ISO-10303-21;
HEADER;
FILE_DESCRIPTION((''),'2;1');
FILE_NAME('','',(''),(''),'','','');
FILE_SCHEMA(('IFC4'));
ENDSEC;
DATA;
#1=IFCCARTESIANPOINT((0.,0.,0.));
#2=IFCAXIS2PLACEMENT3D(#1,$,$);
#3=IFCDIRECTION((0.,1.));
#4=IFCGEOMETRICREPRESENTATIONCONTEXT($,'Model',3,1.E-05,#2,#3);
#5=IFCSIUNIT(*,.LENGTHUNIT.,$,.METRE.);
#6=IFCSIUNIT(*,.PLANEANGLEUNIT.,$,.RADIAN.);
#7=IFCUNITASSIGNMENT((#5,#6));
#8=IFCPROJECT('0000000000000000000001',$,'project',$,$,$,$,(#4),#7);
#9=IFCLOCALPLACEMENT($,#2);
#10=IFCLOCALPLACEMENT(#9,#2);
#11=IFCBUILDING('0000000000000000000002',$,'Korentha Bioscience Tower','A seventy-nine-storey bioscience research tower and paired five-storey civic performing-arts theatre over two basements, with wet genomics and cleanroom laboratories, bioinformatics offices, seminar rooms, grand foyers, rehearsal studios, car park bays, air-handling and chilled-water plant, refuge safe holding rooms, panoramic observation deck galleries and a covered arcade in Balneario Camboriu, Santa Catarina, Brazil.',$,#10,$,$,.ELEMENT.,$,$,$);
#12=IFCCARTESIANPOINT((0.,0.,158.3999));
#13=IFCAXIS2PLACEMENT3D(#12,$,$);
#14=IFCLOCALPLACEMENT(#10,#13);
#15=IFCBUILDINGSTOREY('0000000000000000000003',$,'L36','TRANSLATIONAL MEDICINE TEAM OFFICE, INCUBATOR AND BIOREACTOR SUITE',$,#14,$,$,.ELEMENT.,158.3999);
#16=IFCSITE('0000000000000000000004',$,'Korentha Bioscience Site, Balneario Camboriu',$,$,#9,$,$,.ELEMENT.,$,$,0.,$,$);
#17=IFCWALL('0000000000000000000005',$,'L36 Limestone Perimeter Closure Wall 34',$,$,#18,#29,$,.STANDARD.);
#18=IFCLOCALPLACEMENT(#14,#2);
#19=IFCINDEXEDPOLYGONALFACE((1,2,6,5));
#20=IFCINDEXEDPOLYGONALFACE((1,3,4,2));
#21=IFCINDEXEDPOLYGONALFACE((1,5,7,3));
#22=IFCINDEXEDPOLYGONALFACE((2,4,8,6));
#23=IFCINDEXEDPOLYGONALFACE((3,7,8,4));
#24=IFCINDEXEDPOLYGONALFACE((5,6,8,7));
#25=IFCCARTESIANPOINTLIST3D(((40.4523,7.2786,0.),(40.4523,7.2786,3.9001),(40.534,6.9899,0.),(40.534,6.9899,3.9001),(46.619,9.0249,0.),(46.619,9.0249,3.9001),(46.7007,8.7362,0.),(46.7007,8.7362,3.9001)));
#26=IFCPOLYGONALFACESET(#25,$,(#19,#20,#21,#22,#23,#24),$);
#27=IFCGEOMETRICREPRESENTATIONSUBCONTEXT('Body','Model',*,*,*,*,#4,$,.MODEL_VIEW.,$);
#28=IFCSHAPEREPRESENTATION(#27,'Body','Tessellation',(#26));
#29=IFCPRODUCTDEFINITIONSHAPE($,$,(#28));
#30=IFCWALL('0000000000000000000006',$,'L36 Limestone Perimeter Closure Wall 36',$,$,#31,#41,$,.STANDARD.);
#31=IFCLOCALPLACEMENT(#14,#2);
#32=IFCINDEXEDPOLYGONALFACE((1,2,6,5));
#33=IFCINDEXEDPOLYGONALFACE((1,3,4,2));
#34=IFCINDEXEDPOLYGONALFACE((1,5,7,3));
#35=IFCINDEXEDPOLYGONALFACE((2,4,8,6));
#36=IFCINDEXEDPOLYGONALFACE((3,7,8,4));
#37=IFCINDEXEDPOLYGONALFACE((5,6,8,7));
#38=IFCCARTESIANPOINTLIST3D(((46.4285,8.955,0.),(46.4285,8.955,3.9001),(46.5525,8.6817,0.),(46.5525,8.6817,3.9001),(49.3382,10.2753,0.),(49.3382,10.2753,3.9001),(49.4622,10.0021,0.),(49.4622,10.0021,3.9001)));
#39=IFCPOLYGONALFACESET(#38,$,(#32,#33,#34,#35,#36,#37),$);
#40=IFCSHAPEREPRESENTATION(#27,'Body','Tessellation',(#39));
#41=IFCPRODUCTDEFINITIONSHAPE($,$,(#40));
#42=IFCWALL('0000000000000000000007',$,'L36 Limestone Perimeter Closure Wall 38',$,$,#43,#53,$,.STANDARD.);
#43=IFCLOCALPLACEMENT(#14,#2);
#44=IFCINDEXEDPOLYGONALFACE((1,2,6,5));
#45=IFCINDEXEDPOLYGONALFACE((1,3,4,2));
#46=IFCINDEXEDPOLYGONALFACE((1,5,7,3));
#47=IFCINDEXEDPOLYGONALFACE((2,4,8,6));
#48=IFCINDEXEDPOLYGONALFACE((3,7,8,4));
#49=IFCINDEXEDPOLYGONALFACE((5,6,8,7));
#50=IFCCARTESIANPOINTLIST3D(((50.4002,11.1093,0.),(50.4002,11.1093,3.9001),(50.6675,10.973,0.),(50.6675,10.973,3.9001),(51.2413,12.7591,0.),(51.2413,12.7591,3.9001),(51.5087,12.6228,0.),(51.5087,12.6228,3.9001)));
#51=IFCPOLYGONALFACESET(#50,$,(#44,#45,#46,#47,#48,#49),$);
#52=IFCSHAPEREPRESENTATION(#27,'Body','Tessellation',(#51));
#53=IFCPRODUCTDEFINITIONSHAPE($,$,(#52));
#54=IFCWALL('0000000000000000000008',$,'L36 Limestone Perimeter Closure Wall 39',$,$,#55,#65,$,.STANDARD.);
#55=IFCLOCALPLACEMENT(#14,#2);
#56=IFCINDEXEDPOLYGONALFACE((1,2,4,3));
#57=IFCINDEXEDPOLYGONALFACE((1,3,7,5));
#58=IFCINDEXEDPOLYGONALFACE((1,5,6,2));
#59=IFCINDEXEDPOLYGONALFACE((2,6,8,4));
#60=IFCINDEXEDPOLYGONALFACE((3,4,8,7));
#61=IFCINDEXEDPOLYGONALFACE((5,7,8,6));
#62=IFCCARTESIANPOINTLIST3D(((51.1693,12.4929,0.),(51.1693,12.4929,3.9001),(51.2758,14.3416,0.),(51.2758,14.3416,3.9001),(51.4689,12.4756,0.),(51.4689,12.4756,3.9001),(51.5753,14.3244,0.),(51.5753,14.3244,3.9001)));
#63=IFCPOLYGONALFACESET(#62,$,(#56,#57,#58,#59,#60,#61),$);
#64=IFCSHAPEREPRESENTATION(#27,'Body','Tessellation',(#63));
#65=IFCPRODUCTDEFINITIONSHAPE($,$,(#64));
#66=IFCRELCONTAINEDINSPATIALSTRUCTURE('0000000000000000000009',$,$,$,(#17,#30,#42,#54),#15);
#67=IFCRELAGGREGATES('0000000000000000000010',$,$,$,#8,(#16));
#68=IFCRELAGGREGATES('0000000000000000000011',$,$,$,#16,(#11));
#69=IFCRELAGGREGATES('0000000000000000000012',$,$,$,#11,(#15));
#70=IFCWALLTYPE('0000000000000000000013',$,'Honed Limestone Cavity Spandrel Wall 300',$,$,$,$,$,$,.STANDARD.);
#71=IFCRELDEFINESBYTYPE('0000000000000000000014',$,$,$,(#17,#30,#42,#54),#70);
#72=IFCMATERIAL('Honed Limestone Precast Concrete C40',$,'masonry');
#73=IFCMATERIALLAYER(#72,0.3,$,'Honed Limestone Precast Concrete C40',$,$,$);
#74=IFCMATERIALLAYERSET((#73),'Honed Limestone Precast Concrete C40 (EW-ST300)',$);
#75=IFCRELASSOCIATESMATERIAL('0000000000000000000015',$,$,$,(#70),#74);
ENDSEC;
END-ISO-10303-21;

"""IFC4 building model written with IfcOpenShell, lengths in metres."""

from ifc_helpers import new_model, si_unit, direction, frame, frame_2d, origin, place, context, subcontext, project, spatial, rectangle, extrude, material, layer, layer_set, type_object, element, save


model = new_model("IFC4")

# Units and contexts
model_context = context("Model", 3, precision=1e-05, world=origin(), true_north=direction((0.0, 1.0)))
body_context = subcontext(model_context, "Body", "Model", "MODEL_VIEW")
ifc_project = project(units=[si_unit("LENGTHUNIT", "METRE"), si_unit("PLANEANGLEUNIT", "RADIAN")], contexts=[model_context])

# Site, building, storey
site_placement = place(None, origin())
site = spatial("IfcSite", under=ifc_project, at=site_placement, Name="Korentha Bioscience Site, Balneario Camboriu", CompositionType="ELEMENT", RefElevation=0.0)
building_placement = place(site_placement, origin())
building = spatial("IfcBuilding", under=site, at=building_placement, Name="Korentha Bioscience Tower", Description="A seventy-nine-storey bioscience research tower and paired five-storey civic performing-arts theatre over two basements, with wet genomics and cleanroom laboratories, bioinformatics offices, seminar rooms, grand foyers, rehearsal studios, car park bays, air-handling and chilled-water plant, refuge safe holding rooms, panoramic observation deck galleries and a covered arcade in Balneario Camboriu, Santa Catarina, Brazil.", CompositionType="ELEMENT")
storey_placement = place(building_placement, frame((0.0, 0.0, 158.3999)))
storey = spatial("IfcBuildingStorey", under=building, at=storey_placement, Name="L36", Description="TRANSLATIONAL MEDICINE TEAM OFFICE, INCUBATOR AND BIOREACTOR SUITE", CompositionType="ELEMENT", Elevation=158.3999)

# Walls
ifc_material_1 = material(Name="Honed Limestone Precast Concrete C40", Category="masonry")
ifc_layer_1 = layer(ifc_material_1, 0.3, Name="Honed Limestone Precast Concrete C40")
ifc_layer_set_1 = layer_set([ifc_layer_1], Name="Honed Limestone Precast Concrete C40 (EW-ST300)")
wall_type_1 = type_object("IfcWallType", Name="Honed Limestone Cavity Spandrel Wall 300", PredefinedType="STANDARD", material=ifc_layer_set_1)
wall_1_placement = place(storey_placement, frame((40.4932, 7.1343, 0.0), z_axis=(0.0, 0.0, 1.0), x_axis=(0.962164, 0.272472, 0.0)))
element("IfcWall", 1, at=wall_1_placement, inside=storey, type_object=wall_type_1, Name="L36 Limestone Perimeter Closure Wall 34", PredefinedType="STANDARD", context=body_context, shape_type="SweptSolid", body=[
    extrude(rectangle(XDim=6.4092, YDim=0.3, at=frame_2d((3.2046, 0.0))), origin(), (0.0, 0.0, 1.0), 3.9001),
])
wall_2_placement = place(storey_placement, frame((46.4905, 8.8184, 0.0), z_axis=(0.0, 0.0, 1.0), x_axis=(0.910633, 0.413216, 0.0)))
element("IfcWall", 2, at=wall_2_placement, inside=storey, type_object=wall_type_1, Name="L36 Limestone Perimeter Closure Wall 36", PredefinedType="STANDARD", context=body_context, shape_type="SweptSolid", body=[
    extrude(rectangle(XDim=3.1953, YDim=0.3, at=frame_2d((1.5977, 0.0))), origin(), (0.0, 0.0, 1.0), 3.9001),
])
for number, where, z_axis, x_axis, name in (
    (3, (50.5339, 11.0413, 0.0), (0.0, 0.0, 1.0), (0.454214, 0.890893, 0.0), "L36 Limestone Perimeter Closure Wall 38"),
    (4, (51.3191, 12.4844, 0.0), (0.0, 0.0, 1.0), (0.057485, 0.998346, 0.0), "L36 Limestone Perimeter Closure Wall 39"),
):
    element("IfcWall", number, at=place(storey_placement, frame(where, z_axis=z_axis, x_axis=x_axis)), inside=storey, type_object=wall_type_1, Name=name, PredefinedType="STANDARD", context=body_context, shape_type="SweptSolid", body=[
        extrude(rectangle(XDim=1.8518, YDim=0.3, at=frame_2d((0.9258, 0.0))), origin(), (0.0, 0.0, 1.0), 3.9001),
    ])

save(model, "model.ifc")
